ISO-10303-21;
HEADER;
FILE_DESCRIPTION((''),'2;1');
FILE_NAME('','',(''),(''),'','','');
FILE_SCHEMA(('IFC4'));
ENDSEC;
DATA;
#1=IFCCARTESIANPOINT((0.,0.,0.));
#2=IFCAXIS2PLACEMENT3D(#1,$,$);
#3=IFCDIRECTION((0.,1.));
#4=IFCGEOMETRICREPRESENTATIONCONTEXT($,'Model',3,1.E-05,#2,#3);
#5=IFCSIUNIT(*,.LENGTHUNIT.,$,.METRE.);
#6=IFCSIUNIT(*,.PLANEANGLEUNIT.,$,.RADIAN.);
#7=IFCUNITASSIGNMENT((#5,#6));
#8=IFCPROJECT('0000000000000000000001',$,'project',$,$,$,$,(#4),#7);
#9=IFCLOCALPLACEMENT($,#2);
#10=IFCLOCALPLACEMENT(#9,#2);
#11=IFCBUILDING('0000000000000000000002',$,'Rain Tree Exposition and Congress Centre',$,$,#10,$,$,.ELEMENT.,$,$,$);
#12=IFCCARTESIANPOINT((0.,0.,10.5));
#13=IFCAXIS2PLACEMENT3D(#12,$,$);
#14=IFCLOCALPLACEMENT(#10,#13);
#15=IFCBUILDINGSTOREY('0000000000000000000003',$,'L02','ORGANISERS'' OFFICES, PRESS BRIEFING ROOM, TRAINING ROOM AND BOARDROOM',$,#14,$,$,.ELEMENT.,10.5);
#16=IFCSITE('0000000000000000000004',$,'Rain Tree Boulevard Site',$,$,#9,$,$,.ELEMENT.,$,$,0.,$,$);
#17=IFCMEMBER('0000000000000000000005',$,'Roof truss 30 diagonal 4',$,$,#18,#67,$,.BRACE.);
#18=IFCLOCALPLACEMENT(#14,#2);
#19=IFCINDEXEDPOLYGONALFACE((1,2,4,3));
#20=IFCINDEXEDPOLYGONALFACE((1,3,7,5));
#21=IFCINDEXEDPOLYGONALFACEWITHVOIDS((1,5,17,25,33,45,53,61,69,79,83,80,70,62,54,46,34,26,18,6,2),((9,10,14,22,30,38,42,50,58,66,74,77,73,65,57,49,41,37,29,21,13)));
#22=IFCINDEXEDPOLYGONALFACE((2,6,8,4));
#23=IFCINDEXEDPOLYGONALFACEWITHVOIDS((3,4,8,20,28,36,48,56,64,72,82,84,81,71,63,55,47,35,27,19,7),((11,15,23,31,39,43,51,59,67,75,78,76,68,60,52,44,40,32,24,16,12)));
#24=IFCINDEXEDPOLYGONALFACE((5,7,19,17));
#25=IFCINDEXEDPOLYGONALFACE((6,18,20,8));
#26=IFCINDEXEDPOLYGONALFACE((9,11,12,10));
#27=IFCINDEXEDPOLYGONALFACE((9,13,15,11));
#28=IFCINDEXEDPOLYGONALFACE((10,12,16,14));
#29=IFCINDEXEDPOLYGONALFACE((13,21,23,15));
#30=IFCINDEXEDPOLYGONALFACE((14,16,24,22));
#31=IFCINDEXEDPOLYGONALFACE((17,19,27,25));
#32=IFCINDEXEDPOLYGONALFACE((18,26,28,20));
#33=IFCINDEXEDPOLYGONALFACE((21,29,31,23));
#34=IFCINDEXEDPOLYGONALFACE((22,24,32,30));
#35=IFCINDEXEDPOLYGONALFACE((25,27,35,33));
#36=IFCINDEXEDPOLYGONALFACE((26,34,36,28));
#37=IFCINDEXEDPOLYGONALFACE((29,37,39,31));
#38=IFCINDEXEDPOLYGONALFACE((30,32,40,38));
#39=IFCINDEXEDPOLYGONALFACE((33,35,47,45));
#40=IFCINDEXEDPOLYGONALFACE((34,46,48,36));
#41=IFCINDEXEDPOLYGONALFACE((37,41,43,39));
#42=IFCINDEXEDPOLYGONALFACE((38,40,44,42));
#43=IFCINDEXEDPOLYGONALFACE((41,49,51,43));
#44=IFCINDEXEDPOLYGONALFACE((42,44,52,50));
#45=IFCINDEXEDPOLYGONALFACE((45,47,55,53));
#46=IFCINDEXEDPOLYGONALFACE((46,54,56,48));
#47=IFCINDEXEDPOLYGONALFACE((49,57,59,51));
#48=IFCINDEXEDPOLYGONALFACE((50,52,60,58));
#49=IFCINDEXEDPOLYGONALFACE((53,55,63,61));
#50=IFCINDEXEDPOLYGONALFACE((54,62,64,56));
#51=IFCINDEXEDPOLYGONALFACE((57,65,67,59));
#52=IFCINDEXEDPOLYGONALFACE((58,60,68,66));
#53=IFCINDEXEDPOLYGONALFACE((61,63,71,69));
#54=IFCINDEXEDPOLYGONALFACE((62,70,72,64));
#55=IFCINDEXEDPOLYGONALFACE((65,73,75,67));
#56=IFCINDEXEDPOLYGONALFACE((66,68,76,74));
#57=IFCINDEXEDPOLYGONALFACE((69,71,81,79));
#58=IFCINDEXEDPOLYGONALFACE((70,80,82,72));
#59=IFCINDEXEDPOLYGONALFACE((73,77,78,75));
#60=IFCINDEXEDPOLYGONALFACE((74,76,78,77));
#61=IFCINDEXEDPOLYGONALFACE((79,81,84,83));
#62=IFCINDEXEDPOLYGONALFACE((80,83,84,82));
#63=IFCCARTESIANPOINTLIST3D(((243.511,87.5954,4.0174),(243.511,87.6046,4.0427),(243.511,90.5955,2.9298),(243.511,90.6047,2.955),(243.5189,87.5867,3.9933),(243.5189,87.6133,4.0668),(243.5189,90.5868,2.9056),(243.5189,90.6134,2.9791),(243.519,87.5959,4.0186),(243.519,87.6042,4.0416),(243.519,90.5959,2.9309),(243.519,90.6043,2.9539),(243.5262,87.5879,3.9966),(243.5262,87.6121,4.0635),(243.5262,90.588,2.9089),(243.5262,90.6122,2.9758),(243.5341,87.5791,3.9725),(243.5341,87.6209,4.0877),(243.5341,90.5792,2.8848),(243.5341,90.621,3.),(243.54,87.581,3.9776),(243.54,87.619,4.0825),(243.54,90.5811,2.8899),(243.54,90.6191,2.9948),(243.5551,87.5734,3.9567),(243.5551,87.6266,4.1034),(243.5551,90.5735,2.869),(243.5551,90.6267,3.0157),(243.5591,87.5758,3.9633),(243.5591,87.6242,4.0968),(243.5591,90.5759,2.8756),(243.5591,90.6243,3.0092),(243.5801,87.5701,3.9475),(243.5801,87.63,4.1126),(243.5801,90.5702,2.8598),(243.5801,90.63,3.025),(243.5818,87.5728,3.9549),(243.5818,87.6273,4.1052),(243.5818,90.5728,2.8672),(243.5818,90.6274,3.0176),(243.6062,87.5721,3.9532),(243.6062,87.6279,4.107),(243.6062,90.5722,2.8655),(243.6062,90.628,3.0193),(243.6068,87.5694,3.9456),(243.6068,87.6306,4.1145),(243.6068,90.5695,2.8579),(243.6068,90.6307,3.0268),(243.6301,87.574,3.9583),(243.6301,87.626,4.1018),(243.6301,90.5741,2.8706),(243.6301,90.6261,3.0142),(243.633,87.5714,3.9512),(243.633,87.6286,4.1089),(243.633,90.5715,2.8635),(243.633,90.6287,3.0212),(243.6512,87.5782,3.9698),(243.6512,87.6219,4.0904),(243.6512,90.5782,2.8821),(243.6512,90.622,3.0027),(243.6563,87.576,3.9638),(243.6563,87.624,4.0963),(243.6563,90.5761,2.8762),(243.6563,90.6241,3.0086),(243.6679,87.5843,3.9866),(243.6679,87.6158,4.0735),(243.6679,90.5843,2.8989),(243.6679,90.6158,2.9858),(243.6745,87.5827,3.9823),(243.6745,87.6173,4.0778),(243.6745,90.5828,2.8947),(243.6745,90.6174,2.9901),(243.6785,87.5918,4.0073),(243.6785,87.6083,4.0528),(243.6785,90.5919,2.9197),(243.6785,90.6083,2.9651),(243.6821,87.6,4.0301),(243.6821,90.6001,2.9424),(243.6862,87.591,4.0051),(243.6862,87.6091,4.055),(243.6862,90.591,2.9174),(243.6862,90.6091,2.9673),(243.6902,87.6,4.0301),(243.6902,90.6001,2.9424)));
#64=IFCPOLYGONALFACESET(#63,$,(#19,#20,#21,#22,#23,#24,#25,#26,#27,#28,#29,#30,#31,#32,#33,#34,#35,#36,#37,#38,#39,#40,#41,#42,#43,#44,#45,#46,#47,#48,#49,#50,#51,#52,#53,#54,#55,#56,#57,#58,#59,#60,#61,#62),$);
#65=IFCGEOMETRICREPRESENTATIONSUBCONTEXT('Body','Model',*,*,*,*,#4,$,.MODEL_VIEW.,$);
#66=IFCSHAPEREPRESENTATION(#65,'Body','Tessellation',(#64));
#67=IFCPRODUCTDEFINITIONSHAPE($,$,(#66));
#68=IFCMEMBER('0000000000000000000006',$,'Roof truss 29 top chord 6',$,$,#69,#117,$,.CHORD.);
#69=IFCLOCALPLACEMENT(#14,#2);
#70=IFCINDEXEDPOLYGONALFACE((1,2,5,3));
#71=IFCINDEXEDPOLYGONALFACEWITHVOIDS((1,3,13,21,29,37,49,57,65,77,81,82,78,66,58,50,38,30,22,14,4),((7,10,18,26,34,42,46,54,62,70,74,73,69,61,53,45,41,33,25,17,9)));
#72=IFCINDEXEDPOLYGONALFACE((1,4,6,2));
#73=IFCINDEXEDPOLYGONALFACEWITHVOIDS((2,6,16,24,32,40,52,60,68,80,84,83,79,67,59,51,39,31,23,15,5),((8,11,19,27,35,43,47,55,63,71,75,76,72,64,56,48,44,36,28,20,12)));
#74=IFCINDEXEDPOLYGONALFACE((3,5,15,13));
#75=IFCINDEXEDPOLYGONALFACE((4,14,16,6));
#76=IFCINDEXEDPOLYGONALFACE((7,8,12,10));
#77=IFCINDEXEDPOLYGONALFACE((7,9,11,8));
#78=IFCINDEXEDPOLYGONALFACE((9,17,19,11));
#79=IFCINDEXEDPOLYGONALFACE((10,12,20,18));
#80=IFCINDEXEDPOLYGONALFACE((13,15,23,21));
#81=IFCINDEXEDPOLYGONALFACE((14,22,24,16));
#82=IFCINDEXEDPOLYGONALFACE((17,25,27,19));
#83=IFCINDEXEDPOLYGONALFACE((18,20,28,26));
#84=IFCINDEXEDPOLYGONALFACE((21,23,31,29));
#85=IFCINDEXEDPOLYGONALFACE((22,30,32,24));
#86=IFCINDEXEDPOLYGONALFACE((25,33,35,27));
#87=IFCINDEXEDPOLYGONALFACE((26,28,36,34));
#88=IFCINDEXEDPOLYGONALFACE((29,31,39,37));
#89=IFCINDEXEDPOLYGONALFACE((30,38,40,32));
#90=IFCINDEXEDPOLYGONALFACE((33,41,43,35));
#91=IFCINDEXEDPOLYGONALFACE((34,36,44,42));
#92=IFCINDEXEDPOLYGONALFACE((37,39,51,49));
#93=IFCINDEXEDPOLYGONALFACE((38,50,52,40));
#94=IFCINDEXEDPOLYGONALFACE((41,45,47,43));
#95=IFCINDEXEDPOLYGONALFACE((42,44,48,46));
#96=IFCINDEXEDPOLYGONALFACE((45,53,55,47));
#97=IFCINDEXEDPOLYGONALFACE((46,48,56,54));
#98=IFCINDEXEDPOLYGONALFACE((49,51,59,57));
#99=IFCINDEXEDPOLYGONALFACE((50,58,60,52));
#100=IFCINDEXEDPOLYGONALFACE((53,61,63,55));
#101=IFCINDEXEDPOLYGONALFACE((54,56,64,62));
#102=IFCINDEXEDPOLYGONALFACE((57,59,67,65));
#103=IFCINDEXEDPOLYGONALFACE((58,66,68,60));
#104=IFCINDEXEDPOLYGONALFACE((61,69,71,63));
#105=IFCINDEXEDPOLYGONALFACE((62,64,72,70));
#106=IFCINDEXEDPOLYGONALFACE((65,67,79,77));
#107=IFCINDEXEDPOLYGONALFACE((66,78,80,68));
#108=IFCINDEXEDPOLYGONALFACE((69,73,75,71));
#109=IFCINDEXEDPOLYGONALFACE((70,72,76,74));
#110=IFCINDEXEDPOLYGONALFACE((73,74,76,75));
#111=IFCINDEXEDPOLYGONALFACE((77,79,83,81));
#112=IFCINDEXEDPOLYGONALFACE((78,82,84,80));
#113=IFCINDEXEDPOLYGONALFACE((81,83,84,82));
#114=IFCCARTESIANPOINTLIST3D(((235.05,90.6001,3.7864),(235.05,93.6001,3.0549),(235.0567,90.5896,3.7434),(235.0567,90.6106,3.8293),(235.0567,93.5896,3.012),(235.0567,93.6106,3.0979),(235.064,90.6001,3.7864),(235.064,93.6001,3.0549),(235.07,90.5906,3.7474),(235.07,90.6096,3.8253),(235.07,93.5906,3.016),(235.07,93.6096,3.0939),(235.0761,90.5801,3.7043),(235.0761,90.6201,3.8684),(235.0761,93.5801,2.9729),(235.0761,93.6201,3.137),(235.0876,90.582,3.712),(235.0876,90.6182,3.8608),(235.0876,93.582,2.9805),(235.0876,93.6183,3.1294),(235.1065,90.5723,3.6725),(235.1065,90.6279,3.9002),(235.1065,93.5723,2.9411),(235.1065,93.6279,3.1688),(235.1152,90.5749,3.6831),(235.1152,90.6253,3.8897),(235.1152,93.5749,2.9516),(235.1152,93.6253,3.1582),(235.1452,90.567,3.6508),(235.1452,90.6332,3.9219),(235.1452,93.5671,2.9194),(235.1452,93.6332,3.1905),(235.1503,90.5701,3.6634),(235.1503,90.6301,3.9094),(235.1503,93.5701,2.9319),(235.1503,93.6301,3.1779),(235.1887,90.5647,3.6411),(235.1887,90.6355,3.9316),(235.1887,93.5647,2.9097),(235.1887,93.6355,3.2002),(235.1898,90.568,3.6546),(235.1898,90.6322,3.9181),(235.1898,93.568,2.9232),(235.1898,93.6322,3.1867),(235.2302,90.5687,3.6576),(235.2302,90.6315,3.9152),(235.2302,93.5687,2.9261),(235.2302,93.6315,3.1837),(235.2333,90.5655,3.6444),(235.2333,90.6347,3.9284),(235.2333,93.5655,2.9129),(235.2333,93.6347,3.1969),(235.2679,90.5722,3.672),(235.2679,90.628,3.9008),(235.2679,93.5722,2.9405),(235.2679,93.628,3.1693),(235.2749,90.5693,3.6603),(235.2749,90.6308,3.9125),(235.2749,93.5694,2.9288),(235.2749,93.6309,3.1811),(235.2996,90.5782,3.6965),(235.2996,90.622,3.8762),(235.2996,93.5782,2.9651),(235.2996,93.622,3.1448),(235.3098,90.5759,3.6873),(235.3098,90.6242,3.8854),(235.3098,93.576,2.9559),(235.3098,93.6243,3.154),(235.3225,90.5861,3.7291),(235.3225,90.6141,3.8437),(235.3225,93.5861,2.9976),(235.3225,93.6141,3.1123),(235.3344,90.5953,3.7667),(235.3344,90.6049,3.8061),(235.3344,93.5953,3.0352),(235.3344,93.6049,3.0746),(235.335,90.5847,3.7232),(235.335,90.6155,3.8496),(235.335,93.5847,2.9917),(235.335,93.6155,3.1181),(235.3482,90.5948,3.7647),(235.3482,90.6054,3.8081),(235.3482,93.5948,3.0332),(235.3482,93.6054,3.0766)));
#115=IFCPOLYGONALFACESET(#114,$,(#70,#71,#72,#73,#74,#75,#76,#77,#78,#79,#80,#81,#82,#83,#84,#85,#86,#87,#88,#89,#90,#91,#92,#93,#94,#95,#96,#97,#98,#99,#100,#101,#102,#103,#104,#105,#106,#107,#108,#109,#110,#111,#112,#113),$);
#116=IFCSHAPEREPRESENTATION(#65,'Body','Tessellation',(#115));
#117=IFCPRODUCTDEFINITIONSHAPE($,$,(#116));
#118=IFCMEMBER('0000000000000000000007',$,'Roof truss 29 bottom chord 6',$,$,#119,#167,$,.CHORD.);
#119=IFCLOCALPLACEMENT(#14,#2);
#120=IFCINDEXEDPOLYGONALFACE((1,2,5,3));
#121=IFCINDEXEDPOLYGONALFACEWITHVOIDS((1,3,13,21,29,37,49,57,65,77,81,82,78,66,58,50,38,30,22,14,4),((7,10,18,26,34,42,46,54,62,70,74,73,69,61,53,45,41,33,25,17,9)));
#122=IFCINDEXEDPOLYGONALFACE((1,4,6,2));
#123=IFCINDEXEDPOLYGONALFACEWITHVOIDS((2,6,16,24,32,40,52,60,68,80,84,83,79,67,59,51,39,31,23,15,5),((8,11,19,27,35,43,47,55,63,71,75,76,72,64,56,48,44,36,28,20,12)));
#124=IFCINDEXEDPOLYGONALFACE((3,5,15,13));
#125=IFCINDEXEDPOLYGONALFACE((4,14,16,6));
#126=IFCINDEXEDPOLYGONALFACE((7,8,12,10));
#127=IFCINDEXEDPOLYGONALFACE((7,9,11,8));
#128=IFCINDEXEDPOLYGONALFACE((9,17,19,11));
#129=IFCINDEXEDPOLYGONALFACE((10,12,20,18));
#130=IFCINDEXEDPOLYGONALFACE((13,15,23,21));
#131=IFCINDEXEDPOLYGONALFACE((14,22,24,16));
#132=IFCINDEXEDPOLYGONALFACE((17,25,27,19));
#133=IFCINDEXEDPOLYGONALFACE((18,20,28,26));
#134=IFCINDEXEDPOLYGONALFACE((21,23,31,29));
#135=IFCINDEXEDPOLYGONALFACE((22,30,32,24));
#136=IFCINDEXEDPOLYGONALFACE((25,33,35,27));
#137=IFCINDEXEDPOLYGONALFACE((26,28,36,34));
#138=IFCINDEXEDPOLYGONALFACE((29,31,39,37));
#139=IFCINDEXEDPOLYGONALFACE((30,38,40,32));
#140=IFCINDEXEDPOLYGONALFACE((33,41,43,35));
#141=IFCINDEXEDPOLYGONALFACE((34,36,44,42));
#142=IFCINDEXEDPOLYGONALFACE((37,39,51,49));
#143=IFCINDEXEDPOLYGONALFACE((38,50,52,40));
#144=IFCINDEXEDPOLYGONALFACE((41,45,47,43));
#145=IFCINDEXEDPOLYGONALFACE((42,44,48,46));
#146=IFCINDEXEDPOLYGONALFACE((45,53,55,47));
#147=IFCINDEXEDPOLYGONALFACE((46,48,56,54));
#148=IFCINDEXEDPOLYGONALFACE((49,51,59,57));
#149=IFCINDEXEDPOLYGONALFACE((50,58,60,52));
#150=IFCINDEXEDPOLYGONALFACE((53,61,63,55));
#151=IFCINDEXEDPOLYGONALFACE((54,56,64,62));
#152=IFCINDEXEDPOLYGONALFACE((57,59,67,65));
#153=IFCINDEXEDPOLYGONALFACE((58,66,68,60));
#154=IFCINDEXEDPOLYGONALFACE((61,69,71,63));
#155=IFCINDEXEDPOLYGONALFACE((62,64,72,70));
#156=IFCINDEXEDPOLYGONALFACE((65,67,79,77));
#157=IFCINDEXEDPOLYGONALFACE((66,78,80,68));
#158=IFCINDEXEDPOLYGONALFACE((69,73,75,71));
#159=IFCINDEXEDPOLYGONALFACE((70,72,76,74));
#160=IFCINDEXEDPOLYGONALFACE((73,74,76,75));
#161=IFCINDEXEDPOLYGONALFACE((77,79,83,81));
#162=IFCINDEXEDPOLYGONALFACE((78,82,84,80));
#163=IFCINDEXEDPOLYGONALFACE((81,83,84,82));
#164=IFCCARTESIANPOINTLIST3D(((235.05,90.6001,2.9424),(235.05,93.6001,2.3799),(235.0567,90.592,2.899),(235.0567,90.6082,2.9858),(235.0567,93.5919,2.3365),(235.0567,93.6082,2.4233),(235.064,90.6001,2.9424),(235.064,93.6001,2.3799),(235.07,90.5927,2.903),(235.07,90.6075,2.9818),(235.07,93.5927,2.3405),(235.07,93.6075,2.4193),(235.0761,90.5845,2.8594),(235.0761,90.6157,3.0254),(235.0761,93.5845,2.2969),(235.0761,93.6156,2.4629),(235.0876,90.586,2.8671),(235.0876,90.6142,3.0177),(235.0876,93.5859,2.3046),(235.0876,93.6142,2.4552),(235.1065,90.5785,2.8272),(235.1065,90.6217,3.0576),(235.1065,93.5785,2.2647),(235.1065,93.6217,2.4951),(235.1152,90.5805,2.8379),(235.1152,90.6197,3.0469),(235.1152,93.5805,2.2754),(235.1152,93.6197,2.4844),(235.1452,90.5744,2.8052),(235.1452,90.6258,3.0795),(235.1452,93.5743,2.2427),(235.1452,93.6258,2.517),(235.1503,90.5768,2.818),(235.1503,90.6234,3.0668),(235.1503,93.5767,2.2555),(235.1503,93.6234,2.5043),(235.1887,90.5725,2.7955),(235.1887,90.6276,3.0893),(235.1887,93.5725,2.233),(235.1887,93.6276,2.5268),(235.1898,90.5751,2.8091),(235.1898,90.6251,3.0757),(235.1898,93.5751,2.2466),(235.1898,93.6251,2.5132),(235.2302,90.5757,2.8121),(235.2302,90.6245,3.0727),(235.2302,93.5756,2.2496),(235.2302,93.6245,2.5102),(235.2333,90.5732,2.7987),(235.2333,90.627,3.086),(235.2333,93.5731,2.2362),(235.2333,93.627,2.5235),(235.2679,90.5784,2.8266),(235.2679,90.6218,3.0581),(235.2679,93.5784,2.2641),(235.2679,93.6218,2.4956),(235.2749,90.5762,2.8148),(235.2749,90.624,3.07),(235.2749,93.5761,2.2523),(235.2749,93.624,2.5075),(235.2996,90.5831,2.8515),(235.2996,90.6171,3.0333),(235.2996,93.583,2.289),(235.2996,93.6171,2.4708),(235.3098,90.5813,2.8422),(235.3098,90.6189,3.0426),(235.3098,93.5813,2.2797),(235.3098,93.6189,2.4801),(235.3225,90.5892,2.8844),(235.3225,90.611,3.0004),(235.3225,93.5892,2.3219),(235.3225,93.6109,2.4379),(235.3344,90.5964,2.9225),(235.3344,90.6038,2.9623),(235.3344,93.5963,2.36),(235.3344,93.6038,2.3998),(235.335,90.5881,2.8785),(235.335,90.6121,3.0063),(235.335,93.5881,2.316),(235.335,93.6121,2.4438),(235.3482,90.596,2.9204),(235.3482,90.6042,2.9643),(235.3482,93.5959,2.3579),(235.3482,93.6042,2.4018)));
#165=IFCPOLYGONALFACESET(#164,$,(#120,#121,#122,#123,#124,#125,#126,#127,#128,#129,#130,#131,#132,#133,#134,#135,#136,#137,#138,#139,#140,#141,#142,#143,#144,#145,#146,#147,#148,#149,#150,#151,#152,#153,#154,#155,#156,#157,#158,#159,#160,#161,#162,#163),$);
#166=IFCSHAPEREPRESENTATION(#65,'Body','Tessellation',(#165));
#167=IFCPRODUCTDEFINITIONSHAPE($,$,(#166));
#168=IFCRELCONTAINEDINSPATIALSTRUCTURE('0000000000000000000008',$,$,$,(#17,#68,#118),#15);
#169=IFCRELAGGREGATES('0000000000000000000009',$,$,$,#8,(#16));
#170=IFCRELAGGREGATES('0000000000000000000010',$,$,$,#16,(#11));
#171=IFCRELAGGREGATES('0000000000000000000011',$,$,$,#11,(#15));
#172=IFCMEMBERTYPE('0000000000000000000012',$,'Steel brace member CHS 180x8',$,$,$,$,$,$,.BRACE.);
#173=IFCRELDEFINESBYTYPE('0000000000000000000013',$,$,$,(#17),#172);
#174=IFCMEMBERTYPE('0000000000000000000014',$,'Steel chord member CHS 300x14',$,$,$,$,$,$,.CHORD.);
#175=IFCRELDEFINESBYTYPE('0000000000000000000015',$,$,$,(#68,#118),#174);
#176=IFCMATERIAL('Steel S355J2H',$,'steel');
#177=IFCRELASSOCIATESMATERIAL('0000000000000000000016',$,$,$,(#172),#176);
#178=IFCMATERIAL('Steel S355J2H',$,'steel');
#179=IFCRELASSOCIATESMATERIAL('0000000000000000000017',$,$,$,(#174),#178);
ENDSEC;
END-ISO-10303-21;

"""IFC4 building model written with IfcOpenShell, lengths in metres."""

from ifc_helpers import new_model, si_unit, direction, frame, origin, origin_2d, place, context, subcontext, project, spatial, hollow_circle, extrude, material, material_profile, profile_set, type_object, element, save


model = new_model("IFC4")

# Units and contexts
model_context = context("Model", 3, precision=1e-05, world=origin(), true_north=direction((0.0, 1.0)))
body_context = subcontext(model_context, "Body", "Model", "MODEL_VIEW")
ifc_project = project(units=[si_unit("LENGTHUNIT", "METRE"), si_unit("PLANEANGLEUNIT", "RADIAN")], contexts=[model_context])

# Site, building, storey
site_placement = place(None, origin())
site = spatial("IfcSite", under=ifc_project, at=site_placement, Name="Rain Tree Boulevard Site", CompositionType="ELEMENT", RefElevation=0.0)
building_placement = place(site_placement, origin())
building = spatial("IfcBuilding", under=site, at=building_placement, Name="Rain Tree Exposition and Congress Centre", CompositionType="ELEMENT")
storey_placement = place(building_placement, frame((0.0, 0.0, 10.5)))
storey = spatial("IfcBuildingStorey", under=building, at=storey_placement, Name="L02", Description="ORGANISERS' OFFICES, PRESS BRIEFING ROOM, TRAINING ROOM AND BOARDROOM", CompositionType="ELEMENT", Elevation=10.5)

# Members
ifc_material_1 = material(Name="Steel S355J2H", Category="steel")
ifc_material_profile_1 = material_profile(ifc_material_1, hollow_circle(Radius=0.0901, WallThickness=0.0081, at=origin_2d()), Name="CHS 180x8")
ifc_profile_set_1 = profile_set([ifc_material_profile_1], Name="Steel S355J2H")
member_type_1 = type_object("IfcMemberType", Name="Steel brace member CHS 180x8", PredefinedType="BRACE", material=ifc_profile_set_1)
member_1_placement = place(storey_placement, frame((243.6001, 90.6001, 2.9424), z_axis=(0.0, -0.940121, 0.34084), x_axis=(1.0, 0.0, 0.0)))
element("IfcMember", 1, at=member_1_placement, inside=storey, type_object=member_type_1, Name="Roof truss 30 diagonal 4", PredefinedType="BRACE", context=body_context, shape_type="SweptSolid", body=[
    extrude(hollow_circle(Radius=0.0901, WallThickness=0.0081, at=origin_2d()), origin(), (0.0, 0.0, 1.0), 3.1912),
])
ifc_material_2 = material(Name="Steel S355J2H", Category="steel")
ifc_material_profile_2 = material_profile(ifc_material_2, hollow_circle(Radius=0.1499, WallThickness=0.0139, at=origin_2d()), Name="CHS 300x14")
ifc_profile_set_2 = profile_set([ifc_material_profile_2], Name="Steel S355J2H")
member_type_2 = type_object("IfcMemberType", Name="Steel chord member CHS 300x14", PredefinedType="CHORD", material=ifc_profile_set_2)
member_2_placement = place(storey_placement, frame((235.2, 90.6001, 3.7864), z_axis=(0.0, 0.97154, -0.236876), x_axis=(-1.0, 0.0, 0.0)))
element("IfcMember", 2, at=member_2_placement, inside=storey, type_object=member_type_2, Name="Roof truss 29 top chord 6", PredefinedType="CHORD", context=body_context, shape_type="SweptSolid", body=[
    extrude(hollow_circle(Radius=0.1499, WallThickness=0.0139, at=origin_2d()), origin(), (0.0, 0.0, 1.0), 3.0879),
])
member_3_placement = place(storey_placement, frame((235.2, 90.6001, 2.9424), z_axis=(0.0, 0.982872, -0.184289), x_axis=(-1.0, 0.0, 0.0)))
element("IfcMember", 3, at=member_3_placement, inside=storey, type_object=member_type_2, Name="Roof truss 29 bottom chord 6", PredefinedType="CHORD", context=body_context, shape_type="SweptSolid", body=[
    extrude(hollow_circle(Radius=0.1499, WallThickness=0.0139, at=origin_2d()), origin(), (0.0, 0.0, 1.0), 3.0522),
])

save(model, "model.ifc")
